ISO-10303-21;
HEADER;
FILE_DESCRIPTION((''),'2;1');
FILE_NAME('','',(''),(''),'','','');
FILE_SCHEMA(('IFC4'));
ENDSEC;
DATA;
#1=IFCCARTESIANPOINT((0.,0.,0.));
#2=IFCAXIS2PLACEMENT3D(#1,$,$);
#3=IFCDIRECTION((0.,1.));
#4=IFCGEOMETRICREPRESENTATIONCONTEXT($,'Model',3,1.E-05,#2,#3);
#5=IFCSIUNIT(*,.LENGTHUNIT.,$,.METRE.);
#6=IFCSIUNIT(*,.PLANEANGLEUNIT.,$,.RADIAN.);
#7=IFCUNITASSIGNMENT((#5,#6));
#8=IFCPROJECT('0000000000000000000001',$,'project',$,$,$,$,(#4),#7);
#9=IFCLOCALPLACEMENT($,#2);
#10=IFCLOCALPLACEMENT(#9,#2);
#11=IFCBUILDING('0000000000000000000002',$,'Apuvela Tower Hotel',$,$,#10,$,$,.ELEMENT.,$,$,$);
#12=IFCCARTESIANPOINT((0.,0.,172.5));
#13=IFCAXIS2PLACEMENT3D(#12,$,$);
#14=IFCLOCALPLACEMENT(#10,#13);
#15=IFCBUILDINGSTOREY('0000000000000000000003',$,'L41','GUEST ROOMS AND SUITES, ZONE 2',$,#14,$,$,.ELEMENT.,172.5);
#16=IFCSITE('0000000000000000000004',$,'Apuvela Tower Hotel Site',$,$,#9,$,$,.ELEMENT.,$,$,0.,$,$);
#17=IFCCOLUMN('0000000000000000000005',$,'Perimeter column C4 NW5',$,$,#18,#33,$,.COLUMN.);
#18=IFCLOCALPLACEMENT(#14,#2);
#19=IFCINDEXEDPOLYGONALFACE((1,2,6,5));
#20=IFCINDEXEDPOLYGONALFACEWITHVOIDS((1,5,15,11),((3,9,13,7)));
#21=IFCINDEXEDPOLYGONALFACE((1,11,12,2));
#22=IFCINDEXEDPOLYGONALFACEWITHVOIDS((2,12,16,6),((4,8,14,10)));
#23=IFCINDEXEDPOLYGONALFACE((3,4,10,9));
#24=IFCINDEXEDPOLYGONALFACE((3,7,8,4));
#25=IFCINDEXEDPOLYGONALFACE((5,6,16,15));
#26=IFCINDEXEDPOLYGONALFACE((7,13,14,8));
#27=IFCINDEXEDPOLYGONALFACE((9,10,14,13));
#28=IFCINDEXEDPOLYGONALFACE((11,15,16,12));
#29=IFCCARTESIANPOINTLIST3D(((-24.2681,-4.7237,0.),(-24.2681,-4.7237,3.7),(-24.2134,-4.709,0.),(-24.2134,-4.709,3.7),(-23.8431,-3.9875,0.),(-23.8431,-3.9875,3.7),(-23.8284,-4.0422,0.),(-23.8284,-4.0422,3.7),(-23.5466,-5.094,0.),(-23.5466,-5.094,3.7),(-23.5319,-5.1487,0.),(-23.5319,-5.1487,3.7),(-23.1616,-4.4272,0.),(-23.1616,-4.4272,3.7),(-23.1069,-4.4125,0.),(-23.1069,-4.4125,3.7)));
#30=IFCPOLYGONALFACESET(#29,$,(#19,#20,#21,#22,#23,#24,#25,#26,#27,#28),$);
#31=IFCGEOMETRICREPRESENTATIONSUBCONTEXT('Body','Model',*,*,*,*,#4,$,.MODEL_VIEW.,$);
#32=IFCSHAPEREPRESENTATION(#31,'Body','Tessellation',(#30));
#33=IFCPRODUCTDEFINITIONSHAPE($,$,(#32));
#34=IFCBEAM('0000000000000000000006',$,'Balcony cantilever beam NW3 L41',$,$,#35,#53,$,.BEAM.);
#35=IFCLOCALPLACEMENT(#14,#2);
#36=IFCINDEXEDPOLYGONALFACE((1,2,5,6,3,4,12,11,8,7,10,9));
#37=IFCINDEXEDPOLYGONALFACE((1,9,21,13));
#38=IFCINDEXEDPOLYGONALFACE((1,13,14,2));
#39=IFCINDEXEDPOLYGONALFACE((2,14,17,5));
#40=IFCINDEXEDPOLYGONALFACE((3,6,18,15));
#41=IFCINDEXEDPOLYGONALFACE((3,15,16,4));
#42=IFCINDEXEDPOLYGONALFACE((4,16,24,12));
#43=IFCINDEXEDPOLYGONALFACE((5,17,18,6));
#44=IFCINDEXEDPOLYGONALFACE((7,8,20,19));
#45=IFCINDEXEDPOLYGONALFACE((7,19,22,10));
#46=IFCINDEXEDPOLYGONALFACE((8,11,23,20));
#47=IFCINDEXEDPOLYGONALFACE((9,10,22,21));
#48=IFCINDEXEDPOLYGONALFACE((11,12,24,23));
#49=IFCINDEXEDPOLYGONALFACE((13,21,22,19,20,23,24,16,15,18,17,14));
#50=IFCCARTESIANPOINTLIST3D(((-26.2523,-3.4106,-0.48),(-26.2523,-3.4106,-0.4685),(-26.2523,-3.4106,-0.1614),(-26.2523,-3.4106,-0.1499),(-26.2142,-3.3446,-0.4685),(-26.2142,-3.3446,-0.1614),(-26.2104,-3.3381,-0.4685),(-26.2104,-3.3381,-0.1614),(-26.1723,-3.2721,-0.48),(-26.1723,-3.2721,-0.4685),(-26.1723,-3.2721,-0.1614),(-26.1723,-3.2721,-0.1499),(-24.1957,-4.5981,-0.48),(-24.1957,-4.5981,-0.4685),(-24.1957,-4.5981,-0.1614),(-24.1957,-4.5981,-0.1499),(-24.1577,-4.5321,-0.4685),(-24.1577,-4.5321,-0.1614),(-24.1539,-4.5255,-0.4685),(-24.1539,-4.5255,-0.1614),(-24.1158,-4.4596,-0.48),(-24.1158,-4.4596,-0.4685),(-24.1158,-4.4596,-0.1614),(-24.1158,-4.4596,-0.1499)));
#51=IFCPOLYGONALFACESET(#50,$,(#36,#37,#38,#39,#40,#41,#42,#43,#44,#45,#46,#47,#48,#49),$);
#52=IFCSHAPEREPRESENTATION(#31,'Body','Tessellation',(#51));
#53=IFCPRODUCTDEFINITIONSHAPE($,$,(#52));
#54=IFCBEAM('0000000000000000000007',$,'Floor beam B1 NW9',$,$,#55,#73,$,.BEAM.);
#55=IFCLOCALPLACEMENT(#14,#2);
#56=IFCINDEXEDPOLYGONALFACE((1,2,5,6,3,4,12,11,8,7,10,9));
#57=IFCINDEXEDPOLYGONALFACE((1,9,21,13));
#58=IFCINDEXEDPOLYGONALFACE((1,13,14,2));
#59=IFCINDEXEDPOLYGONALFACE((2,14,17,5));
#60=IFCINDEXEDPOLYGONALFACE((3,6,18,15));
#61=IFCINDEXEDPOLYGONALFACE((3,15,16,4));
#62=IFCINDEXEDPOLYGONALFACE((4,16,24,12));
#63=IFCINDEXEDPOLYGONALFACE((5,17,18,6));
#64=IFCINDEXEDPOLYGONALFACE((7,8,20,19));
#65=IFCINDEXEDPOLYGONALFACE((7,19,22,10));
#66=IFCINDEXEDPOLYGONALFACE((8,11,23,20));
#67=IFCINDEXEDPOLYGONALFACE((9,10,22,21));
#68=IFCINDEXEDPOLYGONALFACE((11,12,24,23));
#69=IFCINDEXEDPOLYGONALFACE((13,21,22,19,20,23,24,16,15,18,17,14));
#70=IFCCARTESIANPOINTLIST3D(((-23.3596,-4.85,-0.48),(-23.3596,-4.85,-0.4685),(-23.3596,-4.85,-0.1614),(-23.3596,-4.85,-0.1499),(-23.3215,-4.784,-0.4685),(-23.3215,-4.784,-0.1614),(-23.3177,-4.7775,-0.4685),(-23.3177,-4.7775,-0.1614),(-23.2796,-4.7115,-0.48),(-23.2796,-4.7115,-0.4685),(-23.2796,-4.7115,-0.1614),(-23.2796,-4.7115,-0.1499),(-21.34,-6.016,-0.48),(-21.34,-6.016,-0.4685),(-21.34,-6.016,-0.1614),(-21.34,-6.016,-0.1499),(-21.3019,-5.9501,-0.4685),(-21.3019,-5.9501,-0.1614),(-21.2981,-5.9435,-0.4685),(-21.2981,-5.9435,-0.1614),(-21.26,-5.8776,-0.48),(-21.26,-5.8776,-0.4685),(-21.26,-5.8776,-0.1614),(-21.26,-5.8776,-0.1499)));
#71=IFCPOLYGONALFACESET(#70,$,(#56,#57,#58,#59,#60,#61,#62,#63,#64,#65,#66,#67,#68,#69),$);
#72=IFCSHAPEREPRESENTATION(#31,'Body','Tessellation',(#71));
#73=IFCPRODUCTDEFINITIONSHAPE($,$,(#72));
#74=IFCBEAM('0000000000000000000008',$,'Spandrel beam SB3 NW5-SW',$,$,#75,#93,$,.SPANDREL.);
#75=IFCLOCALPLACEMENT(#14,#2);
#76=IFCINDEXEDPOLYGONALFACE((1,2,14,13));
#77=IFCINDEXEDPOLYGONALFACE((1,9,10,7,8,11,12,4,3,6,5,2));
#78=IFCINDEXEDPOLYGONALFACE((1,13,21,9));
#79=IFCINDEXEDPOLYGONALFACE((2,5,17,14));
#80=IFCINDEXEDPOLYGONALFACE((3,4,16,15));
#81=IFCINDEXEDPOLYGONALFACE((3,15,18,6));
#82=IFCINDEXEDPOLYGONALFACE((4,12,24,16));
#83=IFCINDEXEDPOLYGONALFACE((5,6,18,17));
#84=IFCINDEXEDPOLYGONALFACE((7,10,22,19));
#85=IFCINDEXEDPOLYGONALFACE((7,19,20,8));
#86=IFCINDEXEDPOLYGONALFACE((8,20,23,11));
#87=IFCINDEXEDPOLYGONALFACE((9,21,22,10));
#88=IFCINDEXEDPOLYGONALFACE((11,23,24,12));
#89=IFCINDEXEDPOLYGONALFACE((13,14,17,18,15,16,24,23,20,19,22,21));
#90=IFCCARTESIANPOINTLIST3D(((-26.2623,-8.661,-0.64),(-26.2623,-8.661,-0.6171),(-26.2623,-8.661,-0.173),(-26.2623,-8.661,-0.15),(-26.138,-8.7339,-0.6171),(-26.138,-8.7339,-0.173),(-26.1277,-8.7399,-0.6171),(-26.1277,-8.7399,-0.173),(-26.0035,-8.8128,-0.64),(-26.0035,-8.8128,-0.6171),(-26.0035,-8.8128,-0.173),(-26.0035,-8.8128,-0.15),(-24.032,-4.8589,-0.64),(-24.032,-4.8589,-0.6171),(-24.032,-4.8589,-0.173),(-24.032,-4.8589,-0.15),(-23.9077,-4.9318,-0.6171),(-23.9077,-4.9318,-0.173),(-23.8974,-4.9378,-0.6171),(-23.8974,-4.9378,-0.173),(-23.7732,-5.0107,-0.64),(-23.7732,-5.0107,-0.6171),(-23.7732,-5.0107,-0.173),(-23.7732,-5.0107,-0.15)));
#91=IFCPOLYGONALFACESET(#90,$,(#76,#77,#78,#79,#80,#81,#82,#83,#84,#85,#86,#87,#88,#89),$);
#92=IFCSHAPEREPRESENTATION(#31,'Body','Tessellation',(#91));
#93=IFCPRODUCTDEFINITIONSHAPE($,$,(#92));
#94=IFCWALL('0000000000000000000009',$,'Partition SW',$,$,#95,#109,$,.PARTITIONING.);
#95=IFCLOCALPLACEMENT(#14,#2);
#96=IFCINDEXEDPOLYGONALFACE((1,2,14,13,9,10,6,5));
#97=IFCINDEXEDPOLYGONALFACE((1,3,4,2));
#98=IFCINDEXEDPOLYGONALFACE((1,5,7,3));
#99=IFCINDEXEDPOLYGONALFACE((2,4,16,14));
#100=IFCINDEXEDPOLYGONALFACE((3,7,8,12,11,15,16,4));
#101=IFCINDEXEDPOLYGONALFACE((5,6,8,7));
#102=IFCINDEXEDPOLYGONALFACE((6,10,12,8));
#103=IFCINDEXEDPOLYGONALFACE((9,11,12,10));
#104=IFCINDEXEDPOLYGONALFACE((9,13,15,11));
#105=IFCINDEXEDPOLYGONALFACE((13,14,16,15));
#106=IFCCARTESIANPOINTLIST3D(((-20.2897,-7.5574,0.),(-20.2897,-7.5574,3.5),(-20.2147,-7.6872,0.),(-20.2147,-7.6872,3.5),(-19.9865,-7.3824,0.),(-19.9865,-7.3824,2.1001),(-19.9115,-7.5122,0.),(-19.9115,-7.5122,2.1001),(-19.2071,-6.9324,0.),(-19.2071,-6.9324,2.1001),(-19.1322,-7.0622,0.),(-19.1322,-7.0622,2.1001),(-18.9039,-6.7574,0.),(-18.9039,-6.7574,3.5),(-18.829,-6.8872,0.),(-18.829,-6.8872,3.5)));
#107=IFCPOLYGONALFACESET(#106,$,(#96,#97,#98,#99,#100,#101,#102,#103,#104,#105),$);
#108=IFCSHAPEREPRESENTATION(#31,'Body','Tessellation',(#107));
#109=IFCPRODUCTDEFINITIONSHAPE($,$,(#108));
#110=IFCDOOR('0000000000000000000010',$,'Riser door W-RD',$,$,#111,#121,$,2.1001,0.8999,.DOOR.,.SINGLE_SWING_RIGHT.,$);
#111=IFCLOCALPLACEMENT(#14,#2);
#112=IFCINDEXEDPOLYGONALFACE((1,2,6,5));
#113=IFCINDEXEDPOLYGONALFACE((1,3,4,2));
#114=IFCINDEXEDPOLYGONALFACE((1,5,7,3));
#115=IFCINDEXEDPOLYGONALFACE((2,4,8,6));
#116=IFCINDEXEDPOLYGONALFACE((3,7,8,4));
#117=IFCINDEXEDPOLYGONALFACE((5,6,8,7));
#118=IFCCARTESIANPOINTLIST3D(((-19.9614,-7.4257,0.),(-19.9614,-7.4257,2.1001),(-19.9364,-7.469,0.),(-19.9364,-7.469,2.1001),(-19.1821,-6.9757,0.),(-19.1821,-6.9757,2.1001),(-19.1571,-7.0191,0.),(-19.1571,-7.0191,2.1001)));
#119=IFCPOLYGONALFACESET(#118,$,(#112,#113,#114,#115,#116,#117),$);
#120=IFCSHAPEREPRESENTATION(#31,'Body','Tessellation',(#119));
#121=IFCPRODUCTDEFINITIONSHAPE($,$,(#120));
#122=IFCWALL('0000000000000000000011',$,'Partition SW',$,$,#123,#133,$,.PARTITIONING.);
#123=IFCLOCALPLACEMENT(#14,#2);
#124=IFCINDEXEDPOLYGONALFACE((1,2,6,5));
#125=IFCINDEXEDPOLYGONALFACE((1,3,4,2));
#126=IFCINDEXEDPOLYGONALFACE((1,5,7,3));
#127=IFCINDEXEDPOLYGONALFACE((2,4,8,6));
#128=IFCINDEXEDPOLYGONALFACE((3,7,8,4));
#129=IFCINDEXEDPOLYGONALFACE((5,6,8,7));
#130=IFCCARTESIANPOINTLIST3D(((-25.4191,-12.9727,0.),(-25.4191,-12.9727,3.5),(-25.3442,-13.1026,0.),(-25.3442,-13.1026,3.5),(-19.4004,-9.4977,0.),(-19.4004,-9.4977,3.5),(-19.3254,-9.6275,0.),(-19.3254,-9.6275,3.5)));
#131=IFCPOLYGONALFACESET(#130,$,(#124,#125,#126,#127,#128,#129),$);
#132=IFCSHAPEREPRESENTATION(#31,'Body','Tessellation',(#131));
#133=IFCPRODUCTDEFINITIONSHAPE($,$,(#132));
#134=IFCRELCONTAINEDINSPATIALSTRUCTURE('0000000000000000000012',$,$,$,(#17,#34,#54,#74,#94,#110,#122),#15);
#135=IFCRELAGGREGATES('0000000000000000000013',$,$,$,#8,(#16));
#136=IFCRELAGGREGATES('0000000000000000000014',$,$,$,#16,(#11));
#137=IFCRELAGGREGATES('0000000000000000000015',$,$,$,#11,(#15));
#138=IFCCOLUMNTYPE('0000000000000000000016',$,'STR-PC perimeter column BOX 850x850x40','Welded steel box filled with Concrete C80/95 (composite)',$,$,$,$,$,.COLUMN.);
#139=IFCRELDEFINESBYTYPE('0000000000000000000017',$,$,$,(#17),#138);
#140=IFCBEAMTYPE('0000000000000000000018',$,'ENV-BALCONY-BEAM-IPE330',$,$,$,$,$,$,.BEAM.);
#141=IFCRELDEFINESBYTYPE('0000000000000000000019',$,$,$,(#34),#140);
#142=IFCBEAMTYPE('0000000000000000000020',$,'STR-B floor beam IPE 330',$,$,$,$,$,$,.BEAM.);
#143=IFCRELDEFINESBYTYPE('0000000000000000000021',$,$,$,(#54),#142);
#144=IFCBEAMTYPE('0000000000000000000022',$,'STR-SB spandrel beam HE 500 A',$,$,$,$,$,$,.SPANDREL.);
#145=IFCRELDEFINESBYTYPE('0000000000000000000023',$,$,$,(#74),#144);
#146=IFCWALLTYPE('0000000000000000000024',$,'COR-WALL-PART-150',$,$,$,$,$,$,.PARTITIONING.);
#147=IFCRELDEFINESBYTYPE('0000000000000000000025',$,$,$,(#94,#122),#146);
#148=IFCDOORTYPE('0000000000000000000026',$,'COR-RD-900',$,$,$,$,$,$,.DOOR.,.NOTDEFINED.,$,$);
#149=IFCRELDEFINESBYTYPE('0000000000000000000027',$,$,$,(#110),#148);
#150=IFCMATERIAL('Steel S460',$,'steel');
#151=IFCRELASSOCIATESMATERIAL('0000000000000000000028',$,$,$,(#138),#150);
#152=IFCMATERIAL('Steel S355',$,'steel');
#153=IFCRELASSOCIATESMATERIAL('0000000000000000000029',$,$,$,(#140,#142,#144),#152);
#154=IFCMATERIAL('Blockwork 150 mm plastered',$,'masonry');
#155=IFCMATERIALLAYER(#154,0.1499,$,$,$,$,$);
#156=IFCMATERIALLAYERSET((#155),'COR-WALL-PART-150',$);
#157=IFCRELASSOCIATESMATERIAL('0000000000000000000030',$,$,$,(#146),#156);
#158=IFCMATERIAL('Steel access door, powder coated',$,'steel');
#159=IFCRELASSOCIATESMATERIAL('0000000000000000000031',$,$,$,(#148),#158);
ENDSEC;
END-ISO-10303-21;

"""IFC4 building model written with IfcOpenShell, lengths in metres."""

from ifc_helpers import new_model, si_unit, direction, frame, frame_2d, origin, origin_2d, place, context, subcontext, project, spatial, rectangle, hollow_rectangle, i_section, extrude, material, layer, layer_set, material_profile, profile_set, type_object, element, fill, save


model = new_model("IFC4")

# Units and contexts
model_context = context("Model", 3, precision=1e-05, world=origin(), true_north=direction((0.0, 1.0)))
body_context = subcontext(model_context, "Body", "Model", "MODEL_VIEW")
ifc_project = project(units=[si_unit("LENGTHUNIT", "METRE"), si_unit("PLANEANGLEUNIT", "RADIAN")], contexts=[model_context])

# Site, building, storey
site_placement = place(None, origin())
site = spatial("IfcSite", under=ifc_project, at=site_placement, Name="Apuvela Tower Hotel Site", CompositionType="ELEMENT", RefElevation=0.0)
building_placement = place(site_placement, origin())
building = spatial("IfcBuilding", under=site, at=building_placement, Name="Apuvela Tower Hotel", CompositionType="ELEMENT")
storey_placement = place(building_placement, frame((0.0, 0.0, 172.5)))
storey = spatial("IfcBuildingStorey", under=building, at=storey_placement, Name="L41", Description="GUEST ROOMS AND SUITES, ZONE 2", CompositionType="ELEMENT", Elevation=172.5)

# Column
ifc_material_1 = material(Name="Steel S460", Category="steel")
ifc_material_profile_1 = material_profile(ifc_material_1, hollow_rectangle(XDim=0.8501, YDim=0.8501, WallThickness=0.04, at=origin_2d()), Name="BOX 850x850x40")
ifc_material_2 = material(Name="Concrete C80/95", Category="concrete")
ifc_material_profile_2 = material_profile(ifc_material_2, rectangle(XDim=0.77, YDim=0.77, at=origin_2d()), Name="Concrete C80/95 infill")
ifc_profile_set_1 = profile_set([ifc_material_profile_1, ifc_material_profile_2], Name="Steel S460")
column_type = type_object("IfcColumnType", Name="STR-PC perimeter column BOX 850x850x40", Description="Welded steel box filled with Concrete C80/95 (composite)", PredefinedType="COLUMN", material=ifc_profile_set_1)
column_placement = place(storey_placement, frame((-23.6875, -4.5681, 0.0), z_axis=(0.0, 0.0, 1.0), x_axis=(0.5, 0.866025, 0.0)))
element("IfcColumn", 1, at=column_placement, inside=storey, type_object=column_type, Name="Perimeter column C4 NW5", PredefinedType="COLUMN", context=body_context, shape_type="SweptSolid", body=[
    extrude(hollow_rectangle(XDim=0.8501, YDim=0.8501, WallThickness=0.04, at=origin_2d()), origin(), (0.0, 0.0, 1.0), 3.7),
])

# Beams
ifc_material_3 = material(Name="Steel S355", Category="steel")
ifc_material_profile_3 = material_profile(ifc_material_3, i_section(OverallWidth=0.1599, OverallDepth=0.3301, WebThickness=0.0076, FlangeThickness=0.0115, at=origin_2d()), Name="IPE 330")
ifc_profile_set_2 = profile_set([ifc_material_profile_3], Name="Steel S355")
beam_type_1 = type_object("IfcBeamType", Name="ENV-BALCONY-BEAM-IPE330", PredefinedType="BEAM", material=ifc_profile_set_2)
beam_1_placement = place(storey_placement, frame((-24.1558, -4.5288, -0.3149), z_axis=(-0.866008, 0.500031, 0.0), x_axis=(-0.500031, -0.866008, 0.0)))
element("IfcBeam", 2, at=beam_1_placement, inside=storey, type_object=beam_type_1, Name="Balcony cantilever beam NW3 L41", PredefinedType="BEAM", context=body_context, shape_type="SweptSolid", body=[
    extrude(i_section(OverallWidth=0.1599, OverallDepth=0.3301, WebThickness=0.0076, FlangeThickness=0.0115, at=origin_2d()), origin(), (0.0, 0.0, 1.0), 2.3748),
])
ifc_material_profile_4 = material_profile(ifc_material_3, i_section(OverallWidth=0.1599, OverallDepth=0.3301, WebThickness=0.0076, FlangeThickness=0.0115, at=origin_2d()), Name="IPE 330")
ifc_profile_set_3 = profile_set([ifc_material_profile_4], Name="Steel S355")
beam_type_2 = type_object("IfcBeamType", Name="STR-B floor beam IPE 330", PredefinedType="BEAM", material=ifc_profile_set_3)
beam_2_placement = place(storey_placement, frame((-23.3196, -4.7808, -0.3149), z_axis=(0.866018, -0.500012, 0.0), x_axis=(0.500012, 0.866018, 0.0)))
element("IfcBeam", 3, at=beam_2_placement, inside=storey, type_object=beam_type_2, Name="Floor beam B1 NW9", PredefinedType="BEAM", context=body_context, shape_type="SweptSolid", body=[
    extrude(i_section(OverallWidth=0.1599, OverallDepth=0.3301, WebThickness=0.0076, FlangeThickness=0.0115, at=origin_2d()), origin(), (0.0, 0.0, 1.0), 2.332),
])
ifc_material_profile_5 = material_profile(ifc_material_3, i_section(OverallWidth=0.3, OverallDepth=0.49, WebThickness=0.012, FlangeThickness=0.0229, at=origin_2d()), Name="HE 500 A")
ifc_profile_set_4 = profile_set([ifc_material_profile_5], Name="Steel S355")
beam_type_3 = type_object("IfcBeamType", Name="STR-SB spandrel beam HE 500 A", PredefinedType="SPANDREL", material=ifc_profile_set_4)
beam_3_placement = place(storey_placement, frame((-23.9026, -4.9348, -0.395), z_axis=(-0.505967, -0.862553, 0.0), x_axis=(0.862553, -0.505967, 0.0)))
element("IfcBeam", 4, at=beam_3_placement, inside=storey, type_object=beam_type_3, Name="Spandrel beam SB3 NW5-SW", PredefinedType="SPANDREL", context=body_context, shape_type="SweptSolid", body=[
    extrude(i_section(OverallWidth=0.3, OverallDepth=0.49, WebThickness=0.012, FlangeThickness=0.0229, at=origin_2d()), origin(), (0.0, 0.0, 1.0), 4.408),
])

# Wall, opening, door
ifc_material_4 = material(Name="Blockwork 150 mm plastered", Category="masonry")
ifc_layer_1 = layer(ifc_material_4, 0.1499)
ifc_layer_set_1 = layer_set([ifc_layer_1], Name="COR-WALL-PART-150")
wall_type_1 = type_object("IfcWallType", Name="COR-WALL-PART-150", PredefinedType="PARTITIONING", material=ifc_layer_set_1)
wall_1_placement = place(storey_placement, frame((-18.8665, -6.8223, 0.0), z_axis=(0.0, 0.0, 1.0), x_axis=(-0.866028, -0.499995, 0.0)))
wall_1 = element("IfcWall", 5, at=wall_1_placement, inside=storey, type_object=wall_type_1, Name="Partition SW", PredefinedType="PARTITIONING", context=body_context, shape_type="SweptSolid", body=[
    extrude(rectangle(XDim=1.6001, YDim=0.1499, at=frame_2d((0.8, 0.0))), origin(), (0.0, 0.0, 1.0), 3.5),
])
opening_1_placement = place(wall_1_placement, frame((0.3501, 0.0, 0.0)))
opening_1 = element("IfcOpeningElement", 6, at=opening_1_placement, cuts=wall_1, PredefinedType="OPENING", context=body_context, shape_type="SweptSolid", body=[
    extrude(rectangle(XDim=0.8999, YDim=2.1001, at=frame_2d((0.45, 1.05))), frame((0.0, 0.085, 0.0), z_axis=(0.0, -1.0, 0.0), x_axis=(1.0, 0.0, 0.0)), (0.0, 0.0, 1.0), 0.1699),
])
ifc_material_5 = material(Name="Steel access door, powder coated", Category="steel")
door_type_1 = type_object("IfcDoorType", Name="COR-RD-900", OperationType="NOTDEFINED", PredefinedType="DOOR", material=ifc_material_5)
door_1_placement = place(opening_1_placement, frame((0.8999, 0.0, 0.0), z_axis=(0.0, 0.0, 1.0), x_axis=(-1.0, 0.0, 0.0)))
door_1 = element("IfcDoor", 7, at=door_1_placement, inside=storey, type_object=door_type_1, Name="Riser door W-RD", OperationType="SINGLE_SWING_RIGHT", OverallHeight=2.1001, OverallWidth=0.8999, PredefinedType="DOOR", context=body_context, shape_type="SweptSolid", body=[
    extrude(rectangle(XDim=0.8999, YDim=2.1001, at=frame_2d((0.45, 1.05))), frame((0.0, 0.0249, 0.0), z_axis=(0.0, -1.0, 0.0), x_axis=(1.0, 0.0, 0.0)), (0.0, 0.0, 1.0), 0.05),
])
fill(opening_1, door_1)

# Wall
wall_2_placement = place(storey_placement, frame((-19.3628, -9.5625, 0.0), z_axis=(0.0, 0.0, 1.0), x_axis=(-0.866017, -0.500015, 0.0)))
element("IfcWall", 8, at=wall_2_placement, inside=storey, type_object=wall_type_1, Name="Partition SW", PredefinedType="PARTITIONING", context=body_context, shape_type="SweptSolid", body=[
    extrude(rectangle(XDim=6.95, YDim=0.1499, at=frame_2d((3.4751, 0.0))), origin(), (0.0, 0.0, 1.0), 3.5),
])

save(model, "model.ifc")
